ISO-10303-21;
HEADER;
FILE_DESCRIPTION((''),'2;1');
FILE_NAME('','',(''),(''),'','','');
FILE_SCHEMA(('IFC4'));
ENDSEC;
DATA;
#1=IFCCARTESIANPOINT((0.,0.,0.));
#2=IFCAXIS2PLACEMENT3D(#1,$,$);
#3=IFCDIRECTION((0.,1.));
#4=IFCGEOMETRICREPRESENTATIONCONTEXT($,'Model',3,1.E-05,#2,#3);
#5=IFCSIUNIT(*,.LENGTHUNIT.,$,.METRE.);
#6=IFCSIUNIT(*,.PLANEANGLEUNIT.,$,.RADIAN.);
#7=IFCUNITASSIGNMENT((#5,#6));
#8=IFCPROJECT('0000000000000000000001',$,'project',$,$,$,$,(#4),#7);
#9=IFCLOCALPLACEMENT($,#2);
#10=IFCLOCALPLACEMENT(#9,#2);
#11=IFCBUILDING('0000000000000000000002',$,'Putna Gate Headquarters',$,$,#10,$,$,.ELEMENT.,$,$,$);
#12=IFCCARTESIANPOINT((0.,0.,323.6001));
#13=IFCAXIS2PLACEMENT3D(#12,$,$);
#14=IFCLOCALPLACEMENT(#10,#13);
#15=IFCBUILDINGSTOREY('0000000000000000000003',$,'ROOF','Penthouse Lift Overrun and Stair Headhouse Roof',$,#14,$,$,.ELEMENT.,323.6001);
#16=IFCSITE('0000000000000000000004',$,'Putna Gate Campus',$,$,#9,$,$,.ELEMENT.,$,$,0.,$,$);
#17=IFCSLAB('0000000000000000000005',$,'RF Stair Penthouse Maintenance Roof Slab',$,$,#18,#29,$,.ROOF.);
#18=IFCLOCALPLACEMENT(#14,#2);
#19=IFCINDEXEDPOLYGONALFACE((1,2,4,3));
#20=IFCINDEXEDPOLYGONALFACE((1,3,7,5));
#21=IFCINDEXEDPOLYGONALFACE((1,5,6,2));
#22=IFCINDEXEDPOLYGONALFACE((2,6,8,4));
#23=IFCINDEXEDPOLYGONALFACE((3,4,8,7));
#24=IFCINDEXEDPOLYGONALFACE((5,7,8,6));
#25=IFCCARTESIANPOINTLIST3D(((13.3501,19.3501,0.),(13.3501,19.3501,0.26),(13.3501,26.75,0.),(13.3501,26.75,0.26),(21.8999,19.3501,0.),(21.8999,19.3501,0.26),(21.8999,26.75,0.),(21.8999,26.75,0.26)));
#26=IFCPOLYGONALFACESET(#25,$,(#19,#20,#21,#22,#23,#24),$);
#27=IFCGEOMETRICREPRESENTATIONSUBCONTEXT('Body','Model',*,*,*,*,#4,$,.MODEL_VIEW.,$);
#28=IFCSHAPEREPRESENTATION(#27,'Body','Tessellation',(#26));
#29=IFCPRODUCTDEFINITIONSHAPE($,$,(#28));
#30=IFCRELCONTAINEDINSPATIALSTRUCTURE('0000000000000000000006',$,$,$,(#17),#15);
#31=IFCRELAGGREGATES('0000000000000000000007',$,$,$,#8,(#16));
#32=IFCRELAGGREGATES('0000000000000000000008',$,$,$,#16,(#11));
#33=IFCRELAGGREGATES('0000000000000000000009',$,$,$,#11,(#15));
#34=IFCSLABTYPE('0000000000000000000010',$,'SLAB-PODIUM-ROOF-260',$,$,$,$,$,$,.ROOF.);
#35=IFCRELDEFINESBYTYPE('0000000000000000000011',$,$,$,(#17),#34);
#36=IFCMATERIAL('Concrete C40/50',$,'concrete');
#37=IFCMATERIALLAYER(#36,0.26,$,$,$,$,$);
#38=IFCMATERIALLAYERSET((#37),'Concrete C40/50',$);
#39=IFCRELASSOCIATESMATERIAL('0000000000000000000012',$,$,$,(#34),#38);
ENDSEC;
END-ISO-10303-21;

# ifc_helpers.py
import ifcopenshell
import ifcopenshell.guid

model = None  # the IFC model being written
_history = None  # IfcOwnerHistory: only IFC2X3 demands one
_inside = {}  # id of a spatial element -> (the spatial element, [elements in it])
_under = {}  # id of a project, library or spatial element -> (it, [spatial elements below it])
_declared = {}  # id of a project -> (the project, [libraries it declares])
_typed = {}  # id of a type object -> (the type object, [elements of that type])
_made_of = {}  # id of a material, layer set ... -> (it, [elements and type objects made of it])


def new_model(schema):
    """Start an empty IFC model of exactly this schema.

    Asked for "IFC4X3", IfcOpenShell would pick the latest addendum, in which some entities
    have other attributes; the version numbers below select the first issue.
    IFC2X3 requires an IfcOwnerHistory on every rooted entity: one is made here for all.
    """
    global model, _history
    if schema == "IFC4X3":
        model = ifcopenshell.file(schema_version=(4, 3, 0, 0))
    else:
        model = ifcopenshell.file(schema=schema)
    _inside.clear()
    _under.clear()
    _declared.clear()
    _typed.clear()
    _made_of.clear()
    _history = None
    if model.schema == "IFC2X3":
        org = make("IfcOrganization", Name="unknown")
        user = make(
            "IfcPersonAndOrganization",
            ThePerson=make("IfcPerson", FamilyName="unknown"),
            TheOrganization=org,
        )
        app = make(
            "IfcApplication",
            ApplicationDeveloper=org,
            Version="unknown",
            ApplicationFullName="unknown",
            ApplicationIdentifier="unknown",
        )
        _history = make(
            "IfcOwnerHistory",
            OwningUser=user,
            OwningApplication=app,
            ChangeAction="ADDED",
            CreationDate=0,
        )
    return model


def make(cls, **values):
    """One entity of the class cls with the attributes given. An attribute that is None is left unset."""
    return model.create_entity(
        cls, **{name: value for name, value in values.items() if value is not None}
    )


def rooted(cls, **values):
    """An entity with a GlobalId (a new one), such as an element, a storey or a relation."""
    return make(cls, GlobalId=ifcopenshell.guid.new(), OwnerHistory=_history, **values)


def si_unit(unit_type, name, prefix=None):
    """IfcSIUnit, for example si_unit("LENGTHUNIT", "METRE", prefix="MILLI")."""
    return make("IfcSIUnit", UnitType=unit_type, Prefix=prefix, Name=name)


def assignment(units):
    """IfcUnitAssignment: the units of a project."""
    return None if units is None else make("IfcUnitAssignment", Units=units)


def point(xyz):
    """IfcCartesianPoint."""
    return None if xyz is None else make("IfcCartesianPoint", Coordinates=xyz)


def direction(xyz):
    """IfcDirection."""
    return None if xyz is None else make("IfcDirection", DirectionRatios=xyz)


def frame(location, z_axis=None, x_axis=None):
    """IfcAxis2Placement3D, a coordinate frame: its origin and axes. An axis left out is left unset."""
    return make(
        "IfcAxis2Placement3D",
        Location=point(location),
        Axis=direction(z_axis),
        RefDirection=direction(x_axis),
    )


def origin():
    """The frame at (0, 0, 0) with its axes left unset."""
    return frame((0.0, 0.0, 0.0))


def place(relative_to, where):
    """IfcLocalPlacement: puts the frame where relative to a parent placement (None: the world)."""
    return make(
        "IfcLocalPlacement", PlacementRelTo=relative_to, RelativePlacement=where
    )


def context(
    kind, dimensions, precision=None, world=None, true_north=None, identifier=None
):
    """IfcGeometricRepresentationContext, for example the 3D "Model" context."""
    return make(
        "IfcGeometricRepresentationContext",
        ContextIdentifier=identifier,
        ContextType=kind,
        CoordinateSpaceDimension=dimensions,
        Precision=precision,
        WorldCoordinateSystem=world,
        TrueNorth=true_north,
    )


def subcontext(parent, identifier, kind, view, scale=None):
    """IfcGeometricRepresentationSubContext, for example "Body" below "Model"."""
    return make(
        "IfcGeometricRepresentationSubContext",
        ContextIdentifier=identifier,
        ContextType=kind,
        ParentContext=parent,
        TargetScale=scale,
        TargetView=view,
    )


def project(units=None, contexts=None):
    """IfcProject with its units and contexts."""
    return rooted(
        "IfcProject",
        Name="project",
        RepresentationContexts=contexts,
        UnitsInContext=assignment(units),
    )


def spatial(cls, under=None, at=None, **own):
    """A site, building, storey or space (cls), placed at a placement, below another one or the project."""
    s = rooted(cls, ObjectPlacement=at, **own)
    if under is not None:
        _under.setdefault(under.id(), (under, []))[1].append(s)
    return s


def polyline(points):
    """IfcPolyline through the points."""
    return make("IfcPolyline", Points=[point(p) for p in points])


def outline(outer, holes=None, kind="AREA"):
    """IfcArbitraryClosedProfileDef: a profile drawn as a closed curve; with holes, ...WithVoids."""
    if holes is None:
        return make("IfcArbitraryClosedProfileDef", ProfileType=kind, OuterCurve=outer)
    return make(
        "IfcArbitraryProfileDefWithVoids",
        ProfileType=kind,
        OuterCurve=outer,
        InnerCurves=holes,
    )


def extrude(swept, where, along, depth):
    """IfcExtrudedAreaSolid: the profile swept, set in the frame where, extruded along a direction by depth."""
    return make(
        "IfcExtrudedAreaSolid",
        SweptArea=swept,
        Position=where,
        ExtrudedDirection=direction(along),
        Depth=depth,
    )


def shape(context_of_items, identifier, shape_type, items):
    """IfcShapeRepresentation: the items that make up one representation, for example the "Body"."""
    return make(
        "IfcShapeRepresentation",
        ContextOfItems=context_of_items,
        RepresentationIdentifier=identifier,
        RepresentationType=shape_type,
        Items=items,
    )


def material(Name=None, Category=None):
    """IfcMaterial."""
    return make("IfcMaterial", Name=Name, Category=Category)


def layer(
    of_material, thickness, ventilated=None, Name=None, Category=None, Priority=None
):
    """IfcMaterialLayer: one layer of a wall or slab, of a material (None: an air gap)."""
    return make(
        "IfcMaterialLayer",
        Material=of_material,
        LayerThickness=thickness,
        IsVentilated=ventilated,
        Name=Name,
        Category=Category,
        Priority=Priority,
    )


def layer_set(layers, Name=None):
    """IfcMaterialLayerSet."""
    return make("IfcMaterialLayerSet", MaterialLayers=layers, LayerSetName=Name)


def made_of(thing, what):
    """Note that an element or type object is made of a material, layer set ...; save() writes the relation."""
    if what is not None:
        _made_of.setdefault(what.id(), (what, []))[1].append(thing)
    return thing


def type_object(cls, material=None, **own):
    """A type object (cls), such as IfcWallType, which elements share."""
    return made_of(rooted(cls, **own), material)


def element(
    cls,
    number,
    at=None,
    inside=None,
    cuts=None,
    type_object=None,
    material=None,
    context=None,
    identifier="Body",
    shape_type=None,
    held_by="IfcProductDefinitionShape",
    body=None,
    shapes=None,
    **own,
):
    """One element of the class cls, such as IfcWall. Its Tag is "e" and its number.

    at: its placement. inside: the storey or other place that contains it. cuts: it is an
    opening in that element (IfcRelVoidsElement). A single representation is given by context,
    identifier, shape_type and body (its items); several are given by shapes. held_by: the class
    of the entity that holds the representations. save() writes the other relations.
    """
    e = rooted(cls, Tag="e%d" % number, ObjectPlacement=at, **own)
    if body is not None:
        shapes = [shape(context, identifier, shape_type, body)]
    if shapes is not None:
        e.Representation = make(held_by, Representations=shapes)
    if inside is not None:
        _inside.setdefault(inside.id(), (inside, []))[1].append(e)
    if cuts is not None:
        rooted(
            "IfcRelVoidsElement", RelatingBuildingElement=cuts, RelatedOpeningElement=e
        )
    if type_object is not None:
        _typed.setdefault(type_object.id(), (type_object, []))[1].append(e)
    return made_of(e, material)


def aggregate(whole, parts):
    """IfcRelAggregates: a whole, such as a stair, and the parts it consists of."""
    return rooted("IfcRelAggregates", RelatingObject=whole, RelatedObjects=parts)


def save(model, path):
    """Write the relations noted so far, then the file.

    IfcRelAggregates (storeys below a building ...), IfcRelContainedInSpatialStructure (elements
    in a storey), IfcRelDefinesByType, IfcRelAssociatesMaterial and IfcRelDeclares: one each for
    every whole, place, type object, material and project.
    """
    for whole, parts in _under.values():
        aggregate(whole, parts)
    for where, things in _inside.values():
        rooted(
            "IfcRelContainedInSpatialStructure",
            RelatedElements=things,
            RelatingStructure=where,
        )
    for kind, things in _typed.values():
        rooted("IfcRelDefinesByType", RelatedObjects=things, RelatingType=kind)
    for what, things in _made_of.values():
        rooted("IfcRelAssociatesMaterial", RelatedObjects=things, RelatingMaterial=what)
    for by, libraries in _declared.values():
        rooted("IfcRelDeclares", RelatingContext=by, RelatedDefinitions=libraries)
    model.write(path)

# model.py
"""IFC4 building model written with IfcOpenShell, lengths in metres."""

from ifc_helpers import new_model, si_unit, direction, frame, origin, place, context, subcontext, project, spatial, polyline, outline, extrude, material, layer, layer_set, type_object, element, save


model = new_model("IFC4")

# Units and contexts
model_context = context("Model", 3, precision=1e-05, world=origin(), true_north=direction((0.0, 1.0)))
body_context = subcontext(model_context, "Body", "Model", "MODEL_VIEW")
ifc_project = project(units=[si_unit("LENGTHUNIT", "METRE"), si_unit("PLANEANGLEUNIT", "RADIAN")], contexts=[model_context])

# Site, building, storey
site_placement = place(None, origin())
site = spatial("IfcSite", under=ifc_project, at=site_placement, Name="Putna Gate Campus", CompositionType="ELEMENT", RefElevation=0.0)
building_placement = place(site_placement, origin())
building = spatial("IfcBuilding", under=site, at=building_placement, Name="Putna Gate Headquarters", CompositionType="ELEMENT")
storey_placement = place(building_placement, frame((0.0, 0.0, 323.6001)))
storey = spatial("IfcBuildingStorey", under=building, at=storey_placement, Name="ROOF", Description="Penthouse Lift Overrun and Stair Headhouse Roof", CompositionType="ELEMENT", Elevation=323.6001)

# Slab
ifc_material = material(Name="Concrete C40/50", Category="concrete")
ifc_layer = layer(ifc_material, 0.26)
ifc_layer_set = layer_set([ifc_layer], Name="Concrete C40/50")
slab_type = type_object("IfcSlabType", Name="SLAB-PODIUM-ROOF-260", PredefinedType="ROOF", material=ifc_layer_set)
slab_placement = place(storey_placement, origin())
element("IfcSlab", 1, at=slab_placement, inside=storey, type_object=slab_type, Name="RF Stair Penthouse Maintenance Roof Slab", PredefinedType="ROOF", context=body_context, shape_type="SweptSolid", body=[
    extrude(outline(polyline([(13.3501, 19.3501), (21.8999, 19.3501), (21.8999, 26.75), (13.3501, 26.75), (13.3501, 19.3501)])), origin(), (0.0, 0.0, 1.0), 0.26),
])

save(model, "model.ifc")
